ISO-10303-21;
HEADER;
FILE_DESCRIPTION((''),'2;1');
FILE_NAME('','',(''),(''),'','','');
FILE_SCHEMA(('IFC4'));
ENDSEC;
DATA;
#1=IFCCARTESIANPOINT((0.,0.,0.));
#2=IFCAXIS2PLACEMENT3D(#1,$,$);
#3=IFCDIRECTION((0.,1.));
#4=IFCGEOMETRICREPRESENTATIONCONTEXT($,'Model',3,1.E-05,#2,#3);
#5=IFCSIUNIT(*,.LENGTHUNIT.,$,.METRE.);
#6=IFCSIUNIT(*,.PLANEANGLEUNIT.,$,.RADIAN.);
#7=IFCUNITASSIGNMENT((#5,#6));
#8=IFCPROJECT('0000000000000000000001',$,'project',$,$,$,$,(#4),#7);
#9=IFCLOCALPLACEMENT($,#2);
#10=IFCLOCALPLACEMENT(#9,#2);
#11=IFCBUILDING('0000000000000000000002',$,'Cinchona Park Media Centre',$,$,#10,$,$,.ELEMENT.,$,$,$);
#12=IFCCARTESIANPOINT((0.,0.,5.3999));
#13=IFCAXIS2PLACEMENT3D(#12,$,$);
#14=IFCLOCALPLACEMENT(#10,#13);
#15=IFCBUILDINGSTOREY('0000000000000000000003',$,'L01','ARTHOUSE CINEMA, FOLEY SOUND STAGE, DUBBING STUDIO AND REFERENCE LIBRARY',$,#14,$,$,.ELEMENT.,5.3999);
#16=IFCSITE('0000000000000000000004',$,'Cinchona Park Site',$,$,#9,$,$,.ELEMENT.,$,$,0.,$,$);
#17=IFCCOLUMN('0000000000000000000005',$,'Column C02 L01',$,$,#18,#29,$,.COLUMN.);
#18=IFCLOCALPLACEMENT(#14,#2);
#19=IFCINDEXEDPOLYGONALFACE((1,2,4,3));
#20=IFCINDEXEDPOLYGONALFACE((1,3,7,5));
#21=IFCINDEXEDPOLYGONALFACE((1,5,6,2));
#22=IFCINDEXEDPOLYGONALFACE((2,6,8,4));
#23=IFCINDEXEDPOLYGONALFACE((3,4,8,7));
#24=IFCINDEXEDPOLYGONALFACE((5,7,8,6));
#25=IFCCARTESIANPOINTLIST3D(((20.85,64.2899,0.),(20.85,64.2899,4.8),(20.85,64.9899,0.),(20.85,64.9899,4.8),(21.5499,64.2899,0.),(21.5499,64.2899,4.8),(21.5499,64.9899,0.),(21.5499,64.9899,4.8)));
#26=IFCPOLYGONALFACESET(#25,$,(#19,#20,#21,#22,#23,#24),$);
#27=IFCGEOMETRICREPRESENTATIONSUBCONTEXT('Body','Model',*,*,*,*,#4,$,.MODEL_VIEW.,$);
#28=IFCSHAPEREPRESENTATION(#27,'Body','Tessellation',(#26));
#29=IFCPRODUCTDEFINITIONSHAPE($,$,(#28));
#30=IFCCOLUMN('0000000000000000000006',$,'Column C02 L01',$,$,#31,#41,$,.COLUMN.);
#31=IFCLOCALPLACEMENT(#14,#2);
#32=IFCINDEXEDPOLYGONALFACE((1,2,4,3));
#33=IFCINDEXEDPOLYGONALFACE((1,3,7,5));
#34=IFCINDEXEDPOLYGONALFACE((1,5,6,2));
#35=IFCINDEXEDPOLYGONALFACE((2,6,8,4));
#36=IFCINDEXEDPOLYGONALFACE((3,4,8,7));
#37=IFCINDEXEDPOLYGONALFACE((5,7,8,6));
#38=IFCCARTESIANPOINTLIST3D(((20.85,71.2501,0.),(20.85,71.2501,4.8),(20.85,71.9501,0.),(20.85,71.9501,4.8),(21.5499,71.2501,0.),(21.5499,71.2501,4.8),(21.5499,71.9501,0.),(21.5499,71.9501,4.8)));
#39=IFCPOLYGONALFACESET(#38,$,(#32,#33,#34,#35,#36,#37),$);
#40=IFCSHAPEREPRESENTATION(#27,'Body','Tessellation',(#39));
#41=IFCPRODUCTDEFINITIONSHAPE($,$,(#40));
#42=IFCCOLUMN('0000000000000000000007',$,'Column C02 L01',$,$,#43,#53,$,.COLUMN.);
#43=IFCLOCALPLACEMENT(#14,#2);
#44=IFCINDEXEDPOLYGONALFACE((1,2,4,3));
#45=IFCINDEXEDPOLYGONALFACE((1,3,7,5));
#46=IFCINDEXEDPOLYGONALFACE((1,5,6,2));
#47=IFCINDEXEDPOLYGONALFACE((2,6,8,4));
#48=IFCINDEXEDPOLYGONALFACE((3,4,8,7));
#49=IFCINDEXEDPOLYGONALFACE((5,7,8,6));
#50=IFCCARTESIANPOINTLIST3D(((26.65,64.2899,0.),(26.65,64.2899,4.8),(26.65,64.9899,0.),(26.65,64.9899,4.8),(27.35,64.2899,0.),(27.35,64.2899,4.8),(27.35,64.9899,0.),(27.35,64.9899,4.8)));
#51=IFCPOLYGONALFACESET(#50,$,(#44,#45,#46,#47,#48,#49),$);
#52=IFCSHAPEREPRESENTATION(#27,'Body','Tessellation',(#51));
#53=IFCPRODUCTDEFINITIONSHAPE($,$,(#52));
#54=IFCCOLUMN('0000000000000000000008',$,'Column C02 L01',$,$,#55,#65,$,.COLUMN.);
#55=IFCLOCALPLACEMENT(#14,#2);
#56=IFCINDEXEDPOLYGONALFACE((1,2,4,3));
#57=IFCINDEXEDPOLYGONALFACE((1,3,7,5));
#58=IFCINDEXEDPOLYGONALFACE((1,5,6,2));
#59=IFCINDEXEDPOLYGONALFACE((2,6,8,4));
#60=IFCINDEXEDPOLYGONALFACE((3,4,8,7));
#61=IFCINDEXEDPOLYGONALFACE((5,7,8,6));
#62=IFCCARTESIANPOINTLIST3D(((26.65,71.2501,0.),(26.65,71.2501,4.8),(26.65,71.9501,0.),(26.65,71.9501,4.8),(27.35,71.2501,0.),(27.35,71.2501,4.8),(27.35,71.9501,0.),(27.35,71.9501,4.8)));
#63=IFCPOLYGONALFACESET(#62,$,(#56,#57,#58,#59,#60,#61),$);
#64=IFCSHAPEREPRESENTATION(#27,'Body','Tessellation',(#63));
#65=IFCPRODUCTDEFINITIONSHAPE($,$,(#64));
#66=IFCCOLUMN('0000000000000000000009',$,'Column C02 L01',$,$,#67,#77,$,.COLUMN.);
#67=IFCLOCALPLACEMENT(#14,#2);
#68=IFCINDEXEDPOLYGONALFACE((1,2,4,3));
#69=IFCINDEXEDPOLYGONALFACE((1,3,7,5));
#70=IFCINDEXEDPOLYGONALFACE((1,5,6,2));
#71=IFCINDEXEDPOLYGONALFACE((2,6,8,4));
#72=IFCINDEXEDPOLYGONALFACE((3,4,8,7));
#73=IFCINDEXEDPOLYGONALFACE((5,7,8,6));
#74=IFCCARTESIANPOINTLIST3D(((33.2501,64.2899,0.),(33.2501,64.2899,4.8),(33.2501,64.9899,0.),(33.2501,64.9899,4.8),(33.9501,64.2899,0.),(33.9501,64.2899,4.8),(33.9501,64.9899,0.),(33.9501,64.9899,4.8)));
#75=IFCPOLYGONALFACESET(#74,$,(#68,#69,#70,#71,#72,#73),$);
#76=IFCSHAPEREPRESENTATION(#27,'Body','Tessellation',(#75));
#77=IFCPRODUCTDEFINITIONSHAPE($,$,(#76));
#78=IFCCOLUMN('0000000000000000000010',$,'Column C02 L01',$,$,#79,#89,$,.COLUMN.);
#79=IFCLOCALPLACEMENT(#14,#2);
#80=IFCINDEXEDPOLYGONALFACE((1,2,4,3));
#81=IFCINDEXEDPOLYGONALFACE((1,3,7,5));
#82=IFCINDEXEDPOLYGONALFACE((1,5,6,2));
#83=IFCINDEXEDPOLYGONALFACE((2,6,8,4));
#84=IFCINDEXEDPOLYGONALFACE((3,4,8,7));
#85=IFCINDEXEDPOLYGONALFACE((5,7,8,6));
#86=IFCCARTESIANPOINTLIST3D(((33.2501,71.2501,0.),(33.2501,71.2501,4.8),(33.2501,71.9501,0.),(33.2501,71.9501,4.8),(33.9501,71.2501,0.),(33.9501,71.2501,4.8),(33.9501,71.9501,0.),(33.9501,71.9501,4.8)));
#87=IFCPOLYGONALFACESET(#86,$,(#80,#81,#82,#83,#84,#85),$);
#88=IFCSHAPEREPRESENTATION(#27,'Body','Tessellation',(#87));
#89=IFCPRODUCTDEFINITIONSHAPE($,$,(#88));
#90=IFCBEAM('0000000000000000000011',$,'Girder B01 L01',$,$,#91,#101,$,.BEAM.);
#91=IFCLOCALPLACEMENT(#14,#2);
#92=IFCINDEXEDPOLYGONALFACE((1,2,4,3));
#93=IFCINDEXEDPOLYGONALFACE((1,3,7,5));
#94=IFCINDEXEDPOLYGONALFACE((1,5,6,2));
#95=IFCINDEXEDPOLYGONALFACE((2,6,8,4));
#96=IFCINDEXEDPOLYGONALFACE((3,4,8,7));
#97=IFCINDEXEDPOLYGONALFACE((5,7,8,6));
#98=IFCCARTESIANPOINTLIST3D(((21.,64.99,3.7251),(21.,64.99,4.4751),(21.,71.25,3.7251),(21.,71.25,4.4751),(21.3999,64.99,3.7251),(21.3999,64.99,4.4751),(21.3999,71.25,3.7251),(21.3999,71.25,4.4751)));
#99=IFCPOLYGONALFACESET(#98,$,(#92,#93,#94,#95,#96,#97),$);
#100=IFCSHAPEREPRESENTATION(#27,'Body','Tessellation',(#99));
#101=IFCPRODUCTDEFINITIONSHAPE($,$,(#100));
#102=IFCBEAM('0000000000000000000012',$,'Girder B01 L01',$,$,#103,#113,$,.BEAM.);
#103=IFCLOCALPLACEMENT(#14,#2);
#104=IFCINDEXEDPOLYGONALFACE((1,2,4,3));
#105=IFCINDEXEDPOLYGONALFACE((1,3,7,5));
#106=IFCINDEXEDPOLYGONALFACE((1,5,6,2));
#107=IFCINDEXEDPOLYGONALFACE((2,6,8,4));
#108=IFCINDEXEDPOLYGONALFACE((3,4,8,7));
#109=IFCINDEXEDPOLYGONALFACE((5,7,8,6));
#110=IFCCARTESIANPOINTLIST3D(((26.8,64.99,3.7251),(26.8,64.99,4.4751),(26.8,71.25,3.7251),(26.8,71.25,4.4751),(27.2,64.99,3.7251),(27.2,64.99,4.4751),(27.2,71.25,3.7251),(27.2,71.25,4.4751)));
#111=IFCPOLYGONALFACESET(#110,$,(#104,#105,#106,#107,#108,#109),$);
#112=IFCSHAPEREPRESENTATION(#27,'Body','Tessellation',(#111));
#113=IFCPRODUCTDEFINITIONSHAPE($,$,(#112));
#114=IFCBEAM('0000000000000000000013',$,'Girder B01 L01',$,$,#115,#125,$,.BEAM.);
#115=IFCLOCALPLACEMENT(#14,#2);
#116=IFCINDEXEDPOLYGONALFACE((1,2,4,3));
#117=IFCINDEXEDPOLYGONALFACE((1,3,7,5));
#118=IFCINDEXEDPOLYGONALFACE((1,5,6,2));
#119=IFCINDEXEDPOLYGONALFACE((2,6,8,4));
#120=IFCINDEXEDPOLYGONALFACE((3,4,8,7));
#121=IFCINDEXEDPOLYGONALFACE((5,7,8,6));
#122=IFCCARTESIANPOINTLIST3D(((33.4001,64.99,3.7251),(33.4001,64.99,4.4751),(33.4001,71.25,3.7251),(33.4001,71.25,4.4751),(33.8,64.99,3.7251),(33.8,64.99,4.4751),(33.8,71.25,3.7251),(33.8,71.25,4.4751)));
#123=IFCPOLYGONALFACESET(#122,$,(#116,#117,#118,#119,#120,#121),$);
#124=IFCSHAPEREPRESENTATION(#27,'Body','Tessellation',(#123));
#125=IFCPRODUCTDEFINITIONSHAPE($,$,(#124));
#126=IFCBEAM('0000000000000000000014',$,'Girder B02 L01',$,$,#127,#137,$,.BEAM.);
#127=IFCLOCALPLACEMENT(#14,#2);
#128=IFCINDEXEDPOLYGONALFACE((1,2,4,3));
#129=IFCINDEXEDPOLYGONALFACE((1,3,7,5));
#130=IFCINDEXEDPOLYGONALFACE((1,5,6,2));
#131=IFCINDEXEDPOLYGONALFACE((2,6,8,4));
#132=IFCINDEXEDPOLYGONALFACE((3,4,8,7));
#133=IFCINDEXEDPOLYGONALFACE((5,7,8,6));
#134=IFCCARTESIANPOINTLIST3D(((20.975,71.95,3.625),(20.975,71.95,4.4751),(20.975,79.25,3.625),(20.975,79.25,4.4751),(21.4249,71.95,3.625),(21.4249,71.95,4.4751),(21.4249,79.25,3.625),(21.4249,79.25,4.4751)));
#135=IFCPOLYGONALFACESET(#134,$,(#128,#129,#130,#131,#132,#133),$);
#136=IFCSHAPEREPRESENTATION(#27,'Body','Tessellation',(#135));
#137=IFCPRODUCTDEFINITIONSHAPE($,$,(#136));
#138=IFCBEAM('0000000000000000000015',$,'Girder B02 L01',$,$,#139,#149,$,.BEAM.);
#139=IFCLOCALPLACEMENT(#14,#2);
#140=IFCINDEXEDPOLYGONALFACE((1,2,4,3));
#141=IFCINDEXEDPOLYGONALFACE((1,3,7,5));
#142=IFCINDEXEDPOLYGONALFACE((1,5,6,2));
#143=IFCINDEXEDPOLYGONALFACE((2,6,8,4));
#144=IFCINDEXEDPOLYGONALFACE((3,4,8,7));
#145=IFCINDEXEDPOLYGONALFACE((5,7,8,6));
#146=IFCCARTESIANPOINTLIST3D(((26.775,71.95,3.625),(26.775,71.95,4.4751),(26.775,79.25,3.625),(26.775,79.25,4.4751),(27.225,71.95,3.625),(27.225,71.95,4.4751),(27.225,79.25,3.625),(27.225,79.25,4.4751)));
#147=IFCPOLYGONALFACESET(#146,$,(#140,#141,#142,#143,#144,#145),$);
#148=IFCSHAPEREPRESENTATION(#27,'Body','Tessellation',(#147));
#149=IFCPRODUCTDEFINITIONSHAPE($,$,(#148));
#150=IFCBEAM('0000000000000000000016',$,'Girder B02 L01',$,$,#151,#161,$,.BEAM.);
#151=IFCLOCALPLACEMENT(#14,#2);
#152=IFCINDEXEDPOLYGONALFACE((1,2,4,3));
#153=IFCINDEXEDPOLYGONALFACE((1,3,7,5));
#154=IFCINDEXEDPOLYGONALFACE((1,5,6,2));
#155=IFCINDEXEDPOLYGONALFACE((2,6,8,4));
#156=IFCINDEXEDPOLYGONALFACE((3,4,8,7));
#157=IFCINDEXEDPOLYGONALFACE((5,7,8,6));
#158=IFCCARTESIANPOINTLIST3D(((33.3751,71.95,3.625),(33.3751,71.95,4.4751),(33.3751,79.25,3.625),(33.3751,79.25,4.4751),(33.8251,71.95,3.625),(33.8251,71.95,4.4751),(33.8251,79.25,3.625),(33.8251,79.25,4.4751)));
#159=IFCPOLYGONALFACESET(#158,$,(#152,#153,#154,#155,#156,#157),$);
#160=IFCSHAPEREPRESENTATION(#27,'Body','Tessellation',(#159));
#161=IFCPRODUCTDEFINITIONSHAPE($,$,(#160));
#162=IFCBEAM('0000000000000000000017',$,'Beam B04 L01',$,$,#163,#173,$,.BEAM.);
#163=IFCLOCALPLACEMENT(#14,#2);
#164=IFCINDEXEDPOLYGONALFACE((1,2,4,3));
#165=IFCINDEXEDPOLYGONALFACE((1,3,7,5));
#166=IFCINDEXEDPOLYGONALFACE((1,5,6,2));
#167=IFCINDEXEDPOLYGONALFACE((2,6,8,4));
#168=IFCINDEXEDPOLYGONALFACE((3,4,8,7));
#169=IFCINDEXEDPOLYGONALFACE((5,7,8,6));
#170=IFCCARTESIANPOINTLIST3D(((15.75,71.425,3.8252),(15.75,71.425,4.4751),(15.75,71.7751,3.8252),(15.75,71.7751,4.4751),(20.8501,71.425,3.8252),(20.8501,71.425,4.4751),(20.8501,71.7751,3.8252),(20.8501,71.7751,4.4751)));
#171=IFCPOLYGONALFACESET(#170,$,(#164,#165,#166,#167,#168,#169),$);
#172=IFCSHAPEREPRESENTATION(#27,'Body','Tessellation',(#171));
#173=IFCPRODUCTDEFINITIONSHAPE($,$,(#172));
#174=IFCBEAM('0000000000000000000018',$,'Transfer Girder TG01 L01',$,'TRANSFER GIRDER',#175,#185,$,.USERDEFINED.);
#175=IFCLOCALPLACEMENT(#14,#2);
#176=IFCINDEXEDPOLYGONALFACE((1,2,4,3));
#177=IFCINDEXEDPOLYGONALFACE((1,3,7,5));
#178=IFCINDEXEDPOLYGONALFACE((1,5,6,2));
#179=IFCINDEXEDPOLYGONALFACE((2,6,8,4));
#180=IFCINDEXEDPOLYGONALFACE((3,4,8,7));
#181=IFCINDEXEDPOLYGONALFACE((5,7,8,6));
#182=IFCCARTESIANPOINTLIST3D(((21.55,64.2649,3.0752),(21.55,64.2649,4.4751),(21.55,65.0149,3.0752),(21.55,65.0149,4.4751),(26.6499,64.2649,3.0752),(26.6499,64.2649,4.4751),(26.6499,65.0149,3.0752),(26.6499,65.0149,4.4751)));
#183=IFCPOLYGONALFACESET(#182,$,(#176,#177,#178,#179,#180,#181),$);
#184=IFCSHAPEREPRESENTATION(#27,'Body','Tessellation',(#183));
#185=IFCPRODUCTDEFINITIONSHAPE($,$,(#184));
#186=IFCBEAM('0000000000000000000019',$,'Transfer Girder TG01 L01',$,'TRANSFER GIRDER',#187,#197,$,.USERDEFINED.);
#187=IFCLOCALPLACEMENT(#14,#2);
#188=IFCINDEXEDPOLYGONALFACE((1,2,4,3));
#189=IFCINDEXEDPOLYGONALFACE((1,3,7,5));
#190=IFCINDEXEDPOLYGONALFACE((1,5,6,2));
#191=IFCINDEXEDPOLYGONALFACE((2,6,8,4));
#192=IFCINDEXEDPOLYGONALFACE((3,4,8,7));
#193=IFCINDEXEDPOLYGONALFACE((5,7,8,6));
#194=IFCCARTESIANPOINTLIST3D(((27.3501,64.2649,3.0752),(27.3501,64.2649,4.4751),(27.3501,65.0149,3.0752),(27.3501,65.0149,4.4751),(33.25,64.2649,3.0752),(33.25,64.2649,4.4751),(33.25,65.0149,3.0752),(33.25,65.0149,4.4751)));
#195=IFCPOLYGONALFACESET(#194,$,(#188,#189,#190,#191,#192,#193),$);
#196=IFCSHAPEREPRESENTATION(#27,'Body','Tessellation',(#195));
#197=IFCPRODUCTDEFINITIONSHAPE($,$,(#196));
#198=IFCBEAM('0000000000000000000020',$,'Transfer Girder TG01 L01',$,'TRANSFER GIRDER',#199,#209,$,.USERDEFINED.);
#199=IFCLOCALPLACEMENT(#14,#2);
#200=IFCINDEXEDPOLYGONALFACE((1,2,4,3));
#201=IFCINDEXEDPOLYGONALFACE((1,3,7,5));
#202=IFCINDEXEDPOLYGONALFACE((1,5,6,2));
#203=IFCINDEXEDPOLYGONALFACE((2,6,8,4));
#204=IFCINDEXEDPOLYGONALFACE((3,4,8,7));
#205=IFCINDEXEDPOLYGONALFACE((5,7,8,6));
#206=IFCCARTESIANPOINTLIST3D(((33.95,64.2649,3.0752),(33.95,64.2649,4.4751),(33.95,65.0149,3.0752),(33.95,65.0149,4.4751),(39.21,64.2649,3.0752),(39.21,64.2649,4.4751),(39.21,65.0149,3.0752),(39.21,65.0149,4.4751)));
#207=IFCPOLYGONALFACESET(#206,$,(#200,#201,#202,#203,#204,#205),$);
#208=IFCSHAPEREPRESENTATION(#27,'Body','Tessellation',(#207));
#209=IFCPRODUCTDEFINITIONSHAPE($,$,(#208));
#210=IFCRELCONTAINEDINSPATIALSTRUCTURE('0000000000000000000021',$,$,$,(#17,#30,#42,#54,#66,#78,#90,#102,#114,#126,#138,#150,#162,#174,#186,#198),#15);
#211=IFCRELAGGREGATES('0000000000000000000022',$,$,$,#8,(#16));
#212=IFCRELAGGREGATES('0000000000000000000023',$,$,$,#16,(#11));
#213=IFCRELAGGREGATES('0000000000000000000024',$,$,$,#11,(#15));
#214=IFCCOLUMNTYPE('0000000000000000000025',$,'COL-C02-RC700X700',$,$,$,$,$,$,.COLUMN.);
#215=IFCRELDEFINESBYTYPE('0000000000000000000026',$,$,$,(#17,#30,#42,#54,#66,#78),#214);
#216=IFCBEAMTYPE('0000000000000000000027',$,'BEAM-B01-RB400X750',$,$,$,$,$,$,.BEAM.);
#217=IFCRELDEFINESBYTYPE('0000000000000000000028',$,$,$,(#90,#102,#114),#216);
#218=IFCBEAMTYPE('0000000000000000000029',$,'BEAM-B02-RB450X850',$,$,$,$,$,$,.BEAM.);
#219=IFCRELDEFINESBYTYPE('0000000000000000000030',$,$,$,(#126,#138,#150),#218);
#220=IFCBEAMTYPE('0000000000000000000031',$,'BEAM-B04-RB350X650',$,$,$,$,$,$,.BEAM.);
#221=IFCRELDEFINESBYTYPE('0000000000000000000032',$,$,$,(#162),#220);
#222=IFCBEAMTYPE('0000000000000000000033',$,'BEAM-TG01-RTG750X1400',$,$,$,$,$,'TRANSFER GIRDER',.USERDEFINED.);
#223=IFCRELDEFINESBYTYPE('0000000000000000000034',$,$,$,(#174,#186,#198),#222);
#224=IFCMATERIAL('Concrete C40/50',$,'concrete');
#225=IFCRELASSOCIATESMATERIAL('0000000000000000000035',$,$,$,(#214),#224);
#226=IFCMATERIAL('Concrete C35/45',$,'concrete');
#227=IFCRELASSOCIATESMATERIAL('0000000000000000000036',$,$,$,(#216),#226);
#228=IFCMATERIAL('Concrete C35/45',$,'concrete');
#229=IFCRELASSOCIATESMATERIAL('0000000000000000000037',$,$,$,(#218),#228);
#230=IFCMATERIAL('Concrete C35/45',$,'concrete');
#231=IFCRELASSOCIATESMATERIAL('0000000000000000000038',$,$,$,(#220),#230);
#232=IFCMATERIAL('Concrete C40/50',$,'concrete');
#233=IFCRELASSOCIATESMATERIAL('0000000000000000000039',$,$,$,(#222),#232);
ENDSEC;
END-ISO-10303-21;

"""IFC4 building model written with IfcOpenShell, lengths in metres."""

from ifc_helpers import new_model, si_unit, direction, frame, origin, origin_2d, place, context, subcontext, project, spatial, rectangle, extrude, material, material_profile, profile_set, type_object, element, save


model = new_model("IFC4")

# Units and contexts
model_context = context("Model", 3, precision=1e-05, world=origin(), true_north=direction((0.0, 1.0)))
body_context = subcontext(model_context, "Body", "Model", "MODEL_VIEW")
ifc_project = project(units=[si_unit("LENGTHUNIT", "METRE"), si_unit("PLANEANGLEUNIT", "RADIAN")], contexts=[model_context])

# Site, building, storey
site_placement = place(None, origin())
site = spatial("IfcSite", under=ifc_project, at=site_placement, Name="Cinchona Park Site", CompositionType="ELEMENT", RefElevation=0.0)
building_placement = place(site_placement, origin())
building = spatial("IfcBuilding", under=site, at=building_placement, Name="Cinchona Park Media Centre", CompositionType="ELEMENT")
storey_placement = place(building_placement, frame((0.0, 0.0, 5.3999)))
storey = spatial("IfcBuildingStorey", under=building, at=storey_placement, Name="L01", Description="ARTHOUSE CINEMA, FOLEY SOUND STAGE, DUBBING STUDIO AND REFERENCE LIBRARY", CompositionType="ELEMENT", Elevation=5.3999)

# Columns
ifc_material_1 = material(Name="Concrete C40/50", Category="concrete")
ifc_material_profile_1 = material_profile(ifc_material_1, rectangle(XDim=0.7, YDim=0.7, at=origin_2d()), Name="RC 700X700")
ifc_profile_set_1 = profile_set([ifc_material_profile_1], Name="Concrete C40/50")
column_type = type_object("IfcColumnType", Name="COL-C02-RC700X700", PredefinedType="COLUMN", material=ifc_profile_set_1)
for number, where, z_axis, x_axis, name in (
    (1, (21.2, 64.6399, 0.0), (0.0, 0.0, 1.0), (1.0, 0.0, 0.0), "Column C02 L01"),
    (2, (21.2, 71.6001, 0.0), (0.0, 0.0, 1.0), (1.0, 0.0, 0.0), "Column C02 L01"),
    (3, (27.0, 64.6399, 0.0), (0.0, 0.0, 1.0), (1.0, 0.0, 0.0), "Column C02 L01"),
    (4, (27.0, 71.6001, 0.0), (0.0, 0.0, 1.0), (1.0, 0.0, 0.0), "Column C02 L01"),
    (5, (33.6001, 64.6399, 0.0), (0.0, 0.0, 1.0), (1.0, 0.0, 0.0), "Column C02 L01"),
    (6, (33.6001, 71.6001, 0.0), (0.0, 0.0, 1.0), (1.0, 0.0, 0.0), "Column C02 L01"),
):
    element("IfcColumn", number, at=place(storey_placement, frame(where, z_axis=z_axis, x_axis=x_axis)), inside=storey, type_object=column_type, Name=name, PredefinedType="COLUMN", context=body_context, shape_type="SweptSolid", body=[
        extrude(rectangle(XDim=0.7, YDim=0.7, at=origin_2d()), origin(), (0.0, 0.0, 1.0), 4.8),
    ])

# Beams
ifc_material_2 = material(Name="Concrete C35/45", Category="concrete")
ifc_material_profile_2 = material_profile(ifc_material_2, rectangle(XDim=0.3999, YDim=0.75, at=origin_2d()), Name="RB 400X750")
ifc_profile_set_2 = profile_set([ifc_material_profile_2], Name="Concrete C35/45")
beam_type_1 = type_object("IfcBeamType", Name="BEAM-B01-RB400X750", PredefinedType="BEAM", material=ifc_profile_set_2)
for number, where, z_axis, x_axis, name in (
    (7, (21.2, 64.99, 4.1001), (0.0, 1.0, 0.0), (-1.0, 0.0, 0.0), "Girder B01 L01"),
    (8, (27.0, 64.99, 4.1001), (0.0, 1.0, 0.0), (-1.0, 0.0, 0.0), "Girder B01 L01"),
    (9, (33.6001, 64.99, 4.1001), (0.0, 1.0, 0.0), (-1.0, 0.0, 0.0), "Girder B01 L01"),
):
    element("IfcBeam", number, at=place(storey_placement, frame(where, z_axis=z_axis, x_axis=x_axis)), inside=storey, type_object=beam_type_1, Name=name, PredefinedType="BEAM", context=body_context, shape_type="SweptSolid", body=[
        extrude(rectangle(XDim=0.3999, YDim=0.75, at=origin_2d()), origin(), (0.0, 0.0, 1.0), 6.26),
    ])
ifc_material_3 = material(Name="Concrete C35/45", Category="concrete")
ifc_material_profile_3 = material_profile(ifc_material_3, rectangle(XDim=0.45, YDim=0.8501, at=origin_2d()), Name="RB 450X850")
ifc_profile_set_3 = profile_set([ifc_material_profile_3], Name="Concrete C35/45")
beam_type_2 = type_object("IfcBeamType", Name="BEAM-B02-RB450X850", PredefinedType="BEAM", material=ifc_profile_set_3)
for number, where, z_axis, x_axis, name in (
    (10, (21.2, 71.95, 4.05), (0.0, 1.0, 0.0), (-1.0, 0.0, 0.0), "Girder B02 L01"),
    (11, (27.0, 71.95, 4.05), (0.0, 1.0, 0.0), (-1.0, 0.0, 0.0), "Girder B02 L01"),
    (12, (33.6001, 71.95, 4.05), (0.0, 1.0, 0.0), (-1.0, 0.0, 0.0), "Girder B02 L01"),
):
    element("IfcBeam", number, at=place(storey_placement, frame(where, z_axis=z_axis, x_axis=x_axis)), inside=storey, type_object=beam_type_2, Name=name, PredefinedType="BEAM", context=body_context, shape_type="SweptSolid", body=[
        extrude(rectangle(XDim=0.45, YDim=0.8501, at=origin_2d()), origin(), (0.0, 0.0, 1.0), 7.3),
    ])
ifc_material_4 = material(Name="Concrete C35/45", Category="concrete")
ifc_material_profile_4 = material_profile(ifc_material_4, rectangle(XDim=0.3501, YDim=0.6499, at=origin_2d()), Name="RB 350X650")
ifc_profile_set_4 = profile_set([ifc_material_profile_4], Name="Concrete C35/45")
beam_type_3 = type_object("IfcBeamType", Name="BEAM-B04-RB350X650", PredefinedType="BEAM", material=ifc_profile_set_4)
beam_1_placement = place(storey_placement, frame((15.75, 71.6001, 4.1501), z_axis=(1.0, 0.0, 0.0), x_axis=(0.0, 1.0, 0.0)))
element("IfcBeam", 13, at=beam_1_placement, inside=storey, type_object=beam_type_3, Name="Beam B04 L01", PredefinedType="BEAM", context=body_context, shape_type="SweptSolid", body=[
    extrude(rectangle(XDim=0.3501, YDim=0.6499, at=origin_2d()), origin(), (0.0, 0.0, 1.0), 5.1001),
])
ifc_material_5 = material(Name="Concrete C40/50", Category="concrete")
ifc_material_profile_5 = material_profile(ifc_material_5, rectangle(XDim=0.75, YDim=1.3999, at=origin_2d()), Name="RTG 750X1400")
ifc_profile_set_5 = profile_set([ifc_material_profile_5], Name="Concrete C40/50")
beam_type_4 = type_object("IfcBeamType", Name="BEAM-TG01-RTG750X1400", ElementType="TRANSFER GIRDER", PredefinedType="USERDEFINED", material=ifc_profile_set_5)
beam_2_placement = place(storey_placement, frame((21.55, 64.6399, 3.7751), z_axis=(1.0, 0.0, 0.0), x_axis=(0.0, 1.0, 0.0)))
element("IfcBeam", 14, at=beam_2_placement, inside=storey, type_object=beam_type_4, Name="Transfer Girder TG01 L01", ObjectType="TRANSFER GIRDER", PredefinedType="USERDEFINED", context=body_context, shape_type="SweptSolid", body=[
    extrude(rectangle(XDim=0.75, YDim=1.3999, at=origin_2d()), origin(), (0.0, 0.0, 1.0), 5.0999),
])
beam_3_placement = place(storey_placement, frame((27.3501, 64.6399, 3.7751), z_axis=(1.0, 0.0, 0.0), x_axis=(0.0, 1.0, 0.0)))
element("IfcBeam", 15, at=beam_3_placement, inside=storey, type_object=beam_type_4, Name="Transfer Girder TG01 L01", ObjectType="TRANSFER GIRDER", PredefinedType="USERDEFINED", context=body_context, shape_type="SweptSolid", body=[
    extrude(rectangle(XDim=0.75, YDim=1.3999, at=origin_2d()), origin(), (0.0, 0.0, 1.0), 5.8999),
])
beam_4_placement = place(storey_placement, frame((33.95, 64.6399, 3.7751), z_axis=(1.0, 0.0, 0.0), x_axis=(0.0, 1.0, 0.0)))
element("IfcBeam", 16, at=beam_4_placement, inside=storey, type_object=beam_type_4, Name="Transfer Girder TG01 L01", ObjectType="TRANSFER GIRDER", PredefinedType="USERDEFINED", context=body_context, shape_type="SweptSolid", body=[
    extrude(rectangle(XDim=0.75, YDim=1.3999, at=origin_2d()), origin(), (0.0, 0.0, 1.0), 5.26),
])

save(model, "model.ifc")
